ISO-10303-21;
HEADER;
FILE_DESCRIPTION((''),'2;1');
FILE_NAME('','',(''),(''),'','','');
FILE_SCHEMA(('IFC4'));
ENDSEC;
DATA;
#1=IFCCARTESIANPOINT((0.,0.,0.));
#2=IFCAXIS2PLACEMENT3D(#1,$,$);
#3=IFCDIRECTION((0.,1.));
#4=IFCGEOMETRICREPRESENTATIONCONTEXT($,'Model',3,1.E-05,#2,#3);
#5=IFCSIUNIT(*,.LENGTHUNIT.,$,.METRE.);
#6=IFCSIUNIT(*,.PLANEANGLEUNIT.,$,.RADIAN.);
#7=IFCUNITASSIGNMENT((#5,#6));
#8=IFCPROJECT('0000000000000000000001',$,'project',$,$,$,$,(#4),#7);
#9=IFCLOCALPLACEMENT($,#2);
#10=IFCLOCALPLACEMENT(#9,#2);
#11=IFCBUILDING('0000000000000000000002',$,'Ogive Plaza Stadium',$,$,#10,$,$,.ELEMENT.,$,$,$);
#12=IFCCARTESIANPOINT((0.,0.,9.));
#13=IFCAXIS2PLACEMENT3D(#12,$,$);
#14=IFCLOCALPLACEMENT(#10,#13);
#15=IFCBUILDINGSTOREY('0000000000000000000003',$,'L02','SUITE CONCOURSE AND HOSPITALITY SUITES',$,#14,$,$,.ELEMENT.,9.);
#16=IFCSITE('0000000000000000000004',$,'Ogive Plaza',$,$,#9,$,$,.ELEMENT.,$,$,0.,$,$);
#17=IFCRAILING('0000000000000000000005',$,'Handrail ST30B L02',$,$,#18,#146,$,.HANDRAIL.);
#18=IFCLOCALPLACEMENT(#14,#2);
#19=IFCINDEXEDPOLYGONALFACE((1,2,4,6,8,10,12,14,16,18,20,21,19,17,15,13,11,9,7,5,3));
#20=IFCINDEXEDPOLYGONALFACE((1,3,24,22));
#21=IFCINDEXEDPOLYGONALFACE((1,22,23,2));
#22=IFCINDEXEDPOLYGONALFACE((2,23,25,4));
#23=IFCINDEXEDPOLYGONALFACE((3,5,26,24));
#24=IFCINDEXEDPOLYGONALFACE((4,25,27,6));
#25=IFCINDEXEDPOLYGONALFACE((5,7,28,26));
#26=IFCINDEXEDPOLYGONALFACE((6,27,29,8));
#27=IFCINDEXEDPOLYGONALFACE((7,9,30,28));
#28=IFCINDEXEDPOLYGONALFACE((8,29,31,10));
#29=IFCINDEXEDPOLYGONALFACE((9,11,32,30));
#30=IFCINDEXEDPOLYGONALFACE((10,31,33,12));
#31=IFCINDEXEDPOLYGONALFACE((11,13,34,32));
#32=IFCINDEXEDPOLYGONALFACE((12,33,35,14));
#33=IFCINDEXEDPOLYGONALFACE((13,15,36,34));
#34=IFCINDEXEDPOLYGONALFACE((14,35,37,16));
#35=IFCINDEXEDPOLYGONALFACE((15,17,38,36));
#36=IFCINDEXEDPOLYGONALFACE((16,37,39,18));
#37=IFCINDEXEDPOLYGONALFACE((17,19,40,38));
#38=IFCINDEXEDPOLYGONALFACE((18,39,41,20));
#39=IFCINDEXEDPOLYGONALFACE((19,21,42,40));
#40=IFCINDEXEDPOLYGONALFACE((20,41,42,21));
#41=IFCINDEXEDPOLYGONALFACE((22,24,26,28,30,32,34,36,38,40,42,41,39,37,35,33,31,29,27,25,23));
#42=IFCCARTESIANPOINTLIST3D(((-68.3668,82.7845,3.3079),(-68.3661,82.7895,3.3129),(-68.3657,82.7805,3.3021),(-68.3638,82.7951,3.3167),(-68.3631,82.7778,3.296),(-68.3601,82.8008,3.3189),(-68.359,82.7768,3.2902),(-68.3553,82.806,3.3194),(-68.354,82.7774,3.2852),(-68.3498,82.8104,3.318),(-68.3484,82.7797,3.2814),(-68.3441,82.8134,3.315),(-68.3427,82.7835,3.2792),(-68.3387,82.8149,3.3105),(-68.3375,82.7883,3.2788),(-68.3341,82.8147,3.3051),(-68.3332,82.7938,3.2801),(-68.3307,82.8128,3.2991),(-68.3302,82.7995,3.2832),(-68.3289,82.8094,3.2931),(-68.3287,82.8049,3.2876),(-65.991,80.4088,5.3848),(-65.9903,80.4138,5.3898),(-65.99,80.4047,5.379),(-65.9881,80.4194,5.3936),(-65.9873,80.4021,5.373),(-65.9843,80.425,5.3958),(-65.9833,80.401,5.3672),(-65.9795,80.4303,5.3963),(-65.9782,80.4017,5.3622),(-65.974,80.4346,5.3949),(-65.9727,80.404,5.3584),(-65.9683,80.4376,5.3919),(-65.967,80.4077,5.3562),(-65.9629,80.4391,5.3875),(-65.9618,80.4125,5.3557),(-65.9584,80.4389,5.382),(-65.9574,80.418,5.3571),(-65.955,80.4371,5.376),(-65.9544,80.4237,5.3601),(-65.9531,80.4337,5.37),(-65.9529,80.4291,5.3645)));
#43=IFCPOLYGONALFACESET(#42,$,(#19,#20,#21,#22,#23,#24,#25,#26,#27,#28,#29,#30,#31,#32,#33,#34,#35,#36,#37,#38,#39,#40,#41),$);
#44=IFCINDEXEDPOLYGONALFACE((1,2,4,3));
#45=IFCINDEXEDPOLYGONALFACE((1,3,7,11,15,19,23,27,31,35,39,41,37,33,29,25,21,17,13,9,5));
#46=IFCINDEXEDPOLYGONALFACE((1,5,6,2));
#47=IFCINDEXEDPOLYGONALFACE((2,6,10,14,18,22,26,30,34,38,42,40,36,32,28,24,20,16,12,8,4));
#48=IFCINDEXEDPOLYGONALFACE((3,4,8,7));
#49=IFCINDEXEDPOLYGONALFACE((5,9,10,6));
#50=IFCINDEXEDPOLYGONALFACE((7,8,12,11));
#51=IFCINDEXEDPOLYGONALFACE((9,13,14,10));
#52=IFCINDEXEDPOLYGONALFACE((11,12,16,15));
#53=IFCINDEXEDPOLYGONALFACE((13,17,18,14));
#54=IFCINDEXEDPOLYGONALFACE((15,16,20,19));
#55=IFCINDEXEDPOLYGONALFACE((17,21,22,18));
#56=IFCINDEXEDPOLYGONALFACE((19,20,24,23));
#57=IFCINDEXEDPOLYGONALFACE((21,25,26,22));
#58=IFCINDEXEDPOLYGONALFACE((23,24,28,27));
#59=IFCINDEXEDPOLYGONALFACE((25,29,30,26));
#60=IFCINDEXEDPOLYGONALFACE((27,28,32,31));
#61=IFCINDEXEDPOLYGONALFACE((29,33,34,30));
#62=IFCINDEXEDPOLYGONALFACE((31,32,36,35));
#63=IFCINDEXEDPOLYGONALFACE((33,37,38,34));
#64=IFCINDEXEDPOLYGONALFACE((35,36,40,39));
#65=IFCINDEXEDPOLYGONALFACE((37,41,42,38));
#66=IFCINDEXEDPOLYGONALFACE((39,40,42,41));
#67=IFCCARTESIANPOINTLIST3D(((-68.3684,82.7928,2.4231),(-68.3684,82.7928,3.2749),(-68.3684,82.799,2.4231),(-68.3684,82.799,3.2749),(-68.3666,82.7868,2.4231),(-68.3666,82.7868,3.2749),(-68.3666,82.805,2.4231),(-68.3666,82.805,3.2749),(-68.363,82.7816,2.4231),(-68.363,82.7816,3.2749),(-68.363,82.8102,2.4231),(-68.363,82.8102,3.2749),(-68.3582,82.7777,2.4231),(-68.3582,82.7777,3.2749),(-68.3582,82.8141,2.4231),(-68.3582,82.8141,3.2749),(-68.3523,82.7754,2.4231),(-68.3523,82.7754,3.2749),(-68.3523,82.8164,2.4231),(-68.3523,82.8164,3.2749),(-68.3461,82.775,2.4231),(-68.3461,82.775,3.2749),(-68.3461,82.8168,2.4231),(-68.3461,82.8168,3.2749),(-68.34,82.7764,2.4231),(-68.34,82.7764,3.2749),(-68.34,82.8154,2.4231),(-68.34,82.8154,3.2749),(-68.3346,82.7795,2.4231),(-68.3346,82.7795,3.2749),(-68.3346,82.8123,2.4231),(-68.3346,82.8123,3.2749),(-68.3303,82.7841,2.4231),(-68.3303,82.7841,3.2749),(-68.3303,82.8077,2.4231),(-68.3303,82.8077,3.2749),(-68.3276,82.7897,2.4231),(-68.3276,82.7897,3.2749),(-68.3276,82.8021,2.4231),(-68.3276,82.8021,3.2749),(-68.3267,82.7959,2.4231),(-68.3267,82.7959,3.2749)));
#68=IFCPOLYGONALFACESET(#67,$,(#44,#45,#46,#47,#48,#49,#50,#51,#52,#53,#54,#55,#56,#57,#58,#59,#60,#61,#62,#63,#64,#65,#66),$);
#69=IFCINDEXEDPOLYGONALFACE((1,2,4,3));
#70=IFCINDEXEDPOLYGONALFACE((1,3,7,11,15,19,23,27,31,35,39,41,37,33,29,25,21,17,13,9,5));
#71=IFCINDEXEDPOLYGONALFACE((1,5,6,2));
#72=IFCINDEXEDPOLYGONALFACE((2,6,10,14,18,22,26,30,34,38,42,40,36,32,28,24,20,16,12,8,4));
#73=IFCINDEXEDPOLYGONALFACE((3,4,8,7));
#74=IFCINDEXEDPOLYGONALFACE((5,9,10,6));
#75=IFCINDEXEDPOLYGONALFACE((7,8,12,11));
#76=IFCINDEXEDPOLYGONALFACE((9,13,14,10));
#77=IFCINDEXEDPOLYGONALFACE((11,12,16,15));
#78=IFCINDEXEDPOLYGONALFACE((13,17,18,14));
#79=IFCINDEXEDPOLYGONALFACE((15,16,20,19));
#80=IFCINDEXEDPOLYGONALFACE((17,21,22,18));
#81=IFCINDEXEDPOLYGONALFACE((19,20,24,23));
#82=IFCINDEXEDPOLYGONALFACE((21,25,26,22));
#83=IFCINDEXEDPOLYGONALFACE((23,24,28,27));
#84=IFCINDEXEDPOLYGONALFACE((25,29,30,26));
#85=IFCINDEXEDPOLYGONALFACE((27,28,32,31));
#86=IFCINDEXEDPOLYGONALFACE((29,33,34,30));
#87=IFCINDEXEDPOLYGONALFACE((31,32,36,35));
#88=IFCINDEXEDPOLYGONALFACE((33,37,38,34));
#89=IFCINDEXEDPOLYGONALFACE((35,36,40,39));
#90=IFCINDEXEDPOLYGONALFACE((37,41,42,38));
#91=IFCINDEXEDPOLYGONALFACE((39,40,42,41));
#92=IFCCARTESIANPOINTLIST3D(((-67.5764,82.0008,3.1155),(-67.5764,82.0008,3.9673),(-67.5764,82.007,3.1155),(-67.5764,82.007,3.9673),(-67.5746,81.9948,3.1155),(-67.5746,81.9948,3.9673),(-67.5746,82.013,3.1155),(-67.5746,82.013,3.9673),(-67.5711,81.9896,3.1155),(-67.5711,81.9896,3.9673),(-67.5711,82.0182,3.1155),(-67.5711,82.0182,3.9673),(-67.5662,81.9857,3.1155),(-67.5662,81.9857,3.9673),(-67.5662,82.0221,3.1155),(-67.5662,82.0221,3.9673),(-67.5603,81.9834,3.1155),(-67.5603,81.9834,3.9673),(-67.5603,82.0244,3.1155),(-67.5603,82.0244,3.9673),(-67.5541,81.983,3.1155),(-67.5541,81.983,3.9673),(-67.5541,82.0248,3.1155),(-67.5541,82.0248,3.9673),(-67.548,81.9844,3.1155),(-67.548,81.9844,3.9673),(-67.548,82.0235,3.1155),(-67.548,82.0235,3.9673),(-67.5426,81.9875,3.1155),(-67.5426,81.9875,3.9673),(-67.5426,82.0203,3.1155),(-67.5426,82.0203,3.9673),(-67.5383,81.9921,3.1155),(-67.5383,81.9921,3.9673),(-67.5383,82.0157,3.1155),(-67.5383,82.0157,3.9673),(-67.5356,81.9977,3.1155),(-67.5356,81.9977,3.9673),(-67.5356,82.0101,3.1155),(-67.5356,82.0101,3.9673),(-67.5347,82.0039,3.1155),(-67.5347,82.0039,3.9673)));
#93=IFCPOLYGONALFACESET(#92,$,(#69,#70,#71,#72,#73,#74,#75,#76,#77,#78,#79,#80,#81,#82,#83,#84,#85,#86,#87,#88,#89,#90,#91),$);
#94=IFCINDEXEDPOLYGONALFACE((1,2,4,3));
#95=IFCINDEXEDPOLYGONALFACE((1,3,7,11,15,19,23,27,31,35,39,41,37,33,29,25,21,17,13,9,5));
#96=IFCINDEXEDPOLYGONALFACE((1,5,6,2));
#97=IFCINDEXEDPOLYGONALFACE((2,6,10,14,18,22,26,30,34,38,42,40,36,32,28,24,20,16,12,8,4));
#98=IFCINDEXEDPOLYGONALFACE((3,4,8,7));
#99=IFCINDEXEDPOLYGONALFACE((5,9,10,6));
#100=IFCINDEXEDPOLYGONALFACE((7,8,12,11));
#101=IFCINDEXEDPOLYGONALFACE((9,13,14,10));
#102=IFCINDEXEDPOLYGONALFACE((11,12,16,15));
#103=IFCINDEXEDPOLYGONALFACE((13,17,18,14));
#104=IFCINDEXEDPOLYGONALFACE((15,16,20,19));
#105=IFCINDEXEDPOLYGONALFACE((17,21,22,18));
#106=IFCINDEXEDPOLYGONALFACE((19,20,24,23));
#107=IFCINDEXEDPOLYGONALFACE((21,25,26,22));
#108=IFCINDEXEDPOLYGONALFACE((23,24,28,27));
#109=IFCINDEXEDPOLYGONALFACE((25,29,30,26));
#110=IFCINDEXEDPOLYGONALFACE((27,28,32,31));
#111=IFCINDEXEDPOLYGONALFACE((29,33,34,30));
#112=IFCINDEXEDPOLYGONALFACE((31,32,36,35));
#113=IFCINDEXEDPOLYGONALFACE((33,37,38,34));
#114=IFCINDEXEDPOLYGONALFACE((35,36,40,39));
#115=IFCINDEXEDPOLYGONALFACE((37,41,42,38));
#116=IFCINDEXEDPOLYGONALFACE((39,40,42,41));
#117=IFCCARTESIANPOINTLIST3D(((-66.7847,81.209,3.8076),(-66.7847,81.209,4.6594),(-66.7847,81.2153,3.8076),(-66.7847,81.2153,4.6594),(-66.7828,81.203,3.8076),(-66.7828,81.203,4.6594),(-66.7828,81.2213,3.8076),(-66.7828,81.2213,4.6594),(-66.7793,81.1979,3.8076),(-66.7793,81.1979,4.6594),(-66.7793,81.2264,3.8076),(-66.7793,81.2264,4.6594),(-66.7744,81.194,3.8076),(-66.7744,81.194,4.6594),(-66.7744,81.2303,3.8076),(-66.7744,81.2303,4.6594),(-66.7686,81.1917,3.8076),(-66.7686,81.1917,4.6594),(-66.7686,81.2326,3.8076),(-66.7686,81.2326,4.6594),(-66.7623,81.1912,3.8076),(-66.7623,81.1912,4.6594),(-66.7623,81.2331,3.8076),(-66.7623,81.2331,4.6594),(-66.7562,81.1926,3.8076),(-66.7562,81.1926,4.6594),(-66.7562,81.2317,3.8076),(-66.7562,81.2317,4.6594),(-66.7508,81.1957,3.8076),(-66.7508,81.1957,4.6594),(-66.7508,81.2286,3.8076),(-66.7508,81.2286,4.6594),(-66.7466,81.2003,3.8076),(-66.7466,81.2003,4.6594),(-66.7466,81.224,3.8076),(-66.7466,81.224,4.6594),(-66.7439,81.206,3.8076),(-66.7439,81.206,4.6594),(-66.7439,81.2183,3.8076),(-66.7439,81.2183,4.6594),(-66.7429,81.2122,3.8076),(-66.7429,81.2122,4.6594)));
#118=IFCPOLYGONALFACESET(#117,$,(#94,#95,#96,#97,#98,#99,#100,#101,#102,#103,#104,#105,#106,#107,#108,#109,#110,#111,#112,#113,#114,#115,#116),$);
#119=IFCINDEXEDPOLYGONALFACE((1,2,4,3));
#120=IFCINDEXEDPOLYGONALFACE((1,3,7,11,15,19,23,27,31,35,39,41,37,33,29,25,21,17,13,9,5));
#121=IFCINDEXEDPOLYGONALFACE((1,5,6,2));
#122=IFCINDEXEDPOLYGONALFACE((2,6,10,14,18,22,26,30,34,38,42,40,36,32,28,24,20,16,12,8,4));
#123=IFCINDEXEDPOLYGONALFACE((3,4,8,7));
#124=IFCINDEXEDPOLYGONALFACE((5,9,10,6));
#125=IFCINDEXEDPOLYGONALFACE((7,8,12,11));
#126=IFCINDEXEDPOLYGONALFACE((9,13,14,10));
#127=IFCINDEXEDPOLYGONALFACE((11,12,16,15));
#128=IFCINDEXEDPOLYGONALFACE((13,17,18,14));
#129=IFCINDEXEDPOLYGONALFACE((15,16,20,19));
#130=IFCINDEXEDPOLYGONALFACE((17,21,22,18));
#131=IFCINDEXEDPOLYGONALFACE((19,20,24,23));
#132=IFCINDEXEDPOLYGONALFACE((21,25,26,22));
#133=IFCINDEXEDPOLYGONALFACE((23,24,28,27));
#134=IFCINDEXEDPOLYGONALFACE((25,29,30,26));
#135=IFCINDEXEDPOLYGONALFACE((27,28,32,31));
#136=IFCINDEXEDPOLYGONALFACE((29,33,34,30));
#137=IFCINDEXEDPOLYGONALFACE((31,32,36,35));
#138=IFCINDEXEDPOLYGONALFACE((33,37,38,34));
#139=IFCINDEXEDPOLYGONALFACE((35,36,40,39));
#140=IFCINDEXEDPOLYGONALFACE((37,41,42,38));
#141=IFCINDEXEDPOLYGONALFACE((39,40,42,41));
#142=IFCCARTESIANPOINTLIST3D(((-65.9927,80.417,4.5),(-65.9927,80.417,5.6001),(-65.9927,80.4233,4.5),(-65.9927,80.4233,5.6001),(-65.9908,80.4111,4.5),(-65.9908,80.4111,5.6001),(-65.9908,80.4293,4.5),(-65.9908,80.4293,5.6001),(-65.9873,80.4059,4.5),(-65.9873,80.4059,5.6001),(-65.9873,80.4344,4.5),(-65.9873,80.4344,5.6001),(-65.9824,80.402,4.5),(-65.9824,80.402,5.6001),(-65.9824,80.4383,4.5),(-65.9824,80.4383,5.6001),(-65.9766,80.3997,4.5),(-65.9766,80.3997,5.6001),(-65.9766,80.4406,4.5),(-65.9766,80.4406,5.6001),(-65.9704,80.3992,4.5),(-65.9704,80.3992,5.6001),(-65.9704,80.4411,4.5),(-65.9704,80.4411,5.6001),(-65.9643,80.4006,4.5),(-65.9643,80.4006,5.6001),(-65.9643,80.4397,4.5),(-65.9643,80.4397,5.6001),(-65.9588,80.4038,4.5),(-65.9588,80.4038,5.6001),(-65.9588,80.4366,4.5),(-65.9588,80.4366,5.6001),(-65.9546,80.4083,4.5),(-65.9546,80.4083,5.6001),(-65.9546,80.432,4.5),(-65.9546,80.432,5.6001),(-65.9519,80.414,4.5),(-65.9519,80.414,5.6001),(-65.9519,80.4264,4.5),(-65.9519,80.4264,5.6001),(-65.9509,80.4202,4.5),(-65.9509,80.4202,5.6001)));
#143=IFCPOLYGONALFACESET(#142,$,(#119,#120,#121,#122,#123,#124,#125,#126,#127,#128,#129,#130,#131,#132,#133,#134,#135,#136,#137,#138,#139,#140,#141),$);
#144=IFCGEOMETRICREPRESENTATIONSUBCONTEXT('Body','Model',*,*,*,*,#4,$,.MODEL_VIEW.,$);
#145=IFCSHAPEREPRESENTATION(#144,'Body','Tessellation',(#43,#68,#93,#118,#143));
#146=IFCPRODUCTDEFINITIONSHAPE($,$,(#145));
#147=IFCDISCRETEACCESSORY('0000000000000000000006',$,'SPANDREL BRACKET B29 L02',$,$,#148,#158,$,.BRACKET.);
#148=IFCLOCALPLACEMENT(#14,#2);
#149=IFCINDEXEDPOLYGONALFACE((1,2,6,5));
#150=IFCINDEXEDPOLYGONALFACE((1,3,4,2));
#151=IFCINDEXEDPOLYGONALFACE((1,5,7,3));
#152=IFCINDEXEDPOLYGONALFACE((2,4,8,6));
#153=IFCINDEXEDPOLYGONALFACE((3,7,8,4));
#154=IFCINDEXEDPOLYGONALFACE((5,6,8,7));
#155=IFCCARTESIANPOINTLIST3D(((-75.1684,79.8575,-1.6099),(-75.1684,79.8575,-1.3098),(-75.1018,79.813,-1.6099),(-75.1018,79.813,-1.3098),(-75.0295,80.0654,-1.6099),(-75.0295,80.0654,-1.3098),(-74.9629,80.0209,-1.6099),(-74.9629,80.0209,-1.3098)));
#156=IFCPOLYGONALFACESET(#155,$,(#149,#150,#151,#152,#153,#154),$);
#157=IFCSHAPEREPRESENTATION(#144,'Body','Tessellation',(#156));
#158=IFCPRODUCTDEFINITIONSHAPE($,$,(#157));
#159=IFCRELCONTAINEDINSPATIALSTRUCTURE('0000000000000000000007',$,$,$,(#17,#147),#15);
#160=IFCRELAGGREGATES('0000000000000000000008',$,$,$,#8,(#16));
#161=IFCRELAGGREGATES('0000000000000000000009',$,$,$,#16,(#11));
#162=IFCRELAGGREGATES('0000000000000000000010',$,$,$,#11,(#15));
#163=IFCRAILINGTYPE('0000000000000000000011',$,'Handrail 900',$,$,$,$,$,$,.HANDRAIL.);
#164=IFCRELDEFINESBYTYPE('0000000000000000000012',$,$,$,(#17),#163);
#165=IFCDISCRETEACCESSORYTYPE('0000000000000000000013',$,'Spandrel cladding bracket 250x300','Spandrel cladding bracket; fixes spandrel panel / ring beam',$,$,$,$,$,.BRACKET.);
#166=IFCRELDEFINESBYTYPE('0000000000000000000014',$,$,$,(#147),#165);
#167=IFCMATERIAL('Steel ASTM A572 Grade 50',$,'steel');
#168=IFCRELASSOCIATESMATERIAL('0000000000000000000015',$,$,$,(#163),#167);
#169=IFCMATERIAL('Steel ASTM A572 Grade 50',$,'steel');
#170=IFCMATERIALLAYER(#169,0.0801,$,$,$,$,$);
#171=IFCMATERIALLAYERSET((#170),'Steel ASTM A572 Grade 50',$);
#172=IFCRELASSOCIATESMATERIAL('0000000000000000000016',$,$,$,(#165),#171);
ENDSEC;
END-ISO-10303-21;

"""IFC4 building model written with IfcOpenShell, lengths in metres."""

from ifc_helpers import new_model, si_unit, direction, frame, origin, origin_2d, place, context, subcontext, project, spatial, rectangle, circle, extrude, material, layer, layer_set, type_object, element, save


model = new_model("IFC4")

# Units and contexts
model_context = context("Model", 3, precision=1e-05, world=origin(), true_north=direction((0.0, 1.0)))
body_context = subcontext(model_context, "Body", "Model", "MODEL_VIEW")
ifc_project = project(units=[si_unit("LENGTHUNIT", "METRE"), si_unit("PLANEANGLEUNIT", "RADIAN")], contexts=[model_context])

# Site, building, storey
site_placement = place(None, origin())
site = spatial("IfcSite", under=ifc_project, at=site_placement, Name="Ogive Plaza", CompositionType="ELEMENT", RefElevation=0.0)
building_placement = place(site_placement, origin())
building = spatial("IfcBuilding", under=site, at=building_placement, Name="Ogive Plaza Stadium", CompositionType="ELEMENT")
storey_placement = place(building_placement, frame((0.0, 0.0, 9.0)))
storey = spatial("IfcBuildingStorey", under=building, at=storey_placement, Name="L02", Description="SUITE CONCOURSE AND HOSPITALITY SUITES", CompositionType="ELEMENT", Elevation=9.0)

# Railing
ifc_material_1 = material(Name="Steel ASTM A572 Grade 50", Category="steel")
railing_type_1 = type_object("IfcRailingType", Name="Handrail 900", PredefinedType="HANDRAIL", material=ifc_material_1)
railing_1_placement = place(storey_placement, frame((-68.3477, 82.7959, 2.4231)))
element("IfcRailing", 1, at=railing_1_placement, inside=storey, type_object=railing_type_1, Name="Handrail ST30B L02", PredefinedType="HANDRAIL", context=body_context, shape_type="SweptSolid", body=[
    extrude(circle(Radius=0.0239, at=origin_2d()), frame((0.0, 0.0, 0.876), z_axis=(0.601466, -0.601466, 0.525811), x_axis=(0.707107, 0.707107, 0.0)), (0.0, 0.0, 1.0), 3.95),
    extrude(circle(Radius=0.021, at=origin_2d()), origin(), (0.0, 0.0, 1.0), 0.8518),
    extrude(circle(Radius=0.021, at=origin_2d()), frame((0.792, -0.792, 0.6924)), (0.0, 0.0, 1.0), 0.8518),
    extrude(circle(Radius=0.021, at=origin_2d()), frame((1.5837, -1.5837, 1.3845)), (0.0, 0.0, 1.0), 0.8518),
    extrude(circle(Radius=0.021, at=origin_2d()), frame((2.3757, -2.3757, 2.0769)), (0.0, 0.0, 1.0), 1.1001),
])

# Discrete accessory
ifc_material_2 = material(Name="Steel ASTM A572 Grade 50", Category="steel")
ifc_layer_1 = layer(ifc_material_2, 0.0801)
ifc_layer_set_1 = layer_set([ifc_layer_1], Name="Steel ASTM A572 Grade 50")
discrete_accessory_type = type_object("IfcDiscreteAccessoryType", Name="Spandrel cladding bracket 250x300", Description="Spandrel cladding bracket; fixes spandrel panel / ring beam", PredefinedType="BRACKET", material=ifc_layer_set_1)
discrete_accessory_placement = place(storey_placement, frame((-75.0657, 79.9392, -1.6099), z_axis=(0.0, 0.0, 1.0), x_axis=(0.55557, 0.83147, 0.0)))
element("IfcDiscreteAccessory", 2, at=discrete_accessory_placement, inside=storey, type_object=discrete_accessory_type, Name="SPANDREL BRACKET B29 L02", PredefinedType="BRACKET", context=body_context, shape_type="SweptSolid", body=[
    extrude(rectangle(XDim=0.25, YDim=0.0801, at=origin_2d()), origin(), (0.0, 0.0, 1.0), 0.3),
])

save(model, "model.ifc")
